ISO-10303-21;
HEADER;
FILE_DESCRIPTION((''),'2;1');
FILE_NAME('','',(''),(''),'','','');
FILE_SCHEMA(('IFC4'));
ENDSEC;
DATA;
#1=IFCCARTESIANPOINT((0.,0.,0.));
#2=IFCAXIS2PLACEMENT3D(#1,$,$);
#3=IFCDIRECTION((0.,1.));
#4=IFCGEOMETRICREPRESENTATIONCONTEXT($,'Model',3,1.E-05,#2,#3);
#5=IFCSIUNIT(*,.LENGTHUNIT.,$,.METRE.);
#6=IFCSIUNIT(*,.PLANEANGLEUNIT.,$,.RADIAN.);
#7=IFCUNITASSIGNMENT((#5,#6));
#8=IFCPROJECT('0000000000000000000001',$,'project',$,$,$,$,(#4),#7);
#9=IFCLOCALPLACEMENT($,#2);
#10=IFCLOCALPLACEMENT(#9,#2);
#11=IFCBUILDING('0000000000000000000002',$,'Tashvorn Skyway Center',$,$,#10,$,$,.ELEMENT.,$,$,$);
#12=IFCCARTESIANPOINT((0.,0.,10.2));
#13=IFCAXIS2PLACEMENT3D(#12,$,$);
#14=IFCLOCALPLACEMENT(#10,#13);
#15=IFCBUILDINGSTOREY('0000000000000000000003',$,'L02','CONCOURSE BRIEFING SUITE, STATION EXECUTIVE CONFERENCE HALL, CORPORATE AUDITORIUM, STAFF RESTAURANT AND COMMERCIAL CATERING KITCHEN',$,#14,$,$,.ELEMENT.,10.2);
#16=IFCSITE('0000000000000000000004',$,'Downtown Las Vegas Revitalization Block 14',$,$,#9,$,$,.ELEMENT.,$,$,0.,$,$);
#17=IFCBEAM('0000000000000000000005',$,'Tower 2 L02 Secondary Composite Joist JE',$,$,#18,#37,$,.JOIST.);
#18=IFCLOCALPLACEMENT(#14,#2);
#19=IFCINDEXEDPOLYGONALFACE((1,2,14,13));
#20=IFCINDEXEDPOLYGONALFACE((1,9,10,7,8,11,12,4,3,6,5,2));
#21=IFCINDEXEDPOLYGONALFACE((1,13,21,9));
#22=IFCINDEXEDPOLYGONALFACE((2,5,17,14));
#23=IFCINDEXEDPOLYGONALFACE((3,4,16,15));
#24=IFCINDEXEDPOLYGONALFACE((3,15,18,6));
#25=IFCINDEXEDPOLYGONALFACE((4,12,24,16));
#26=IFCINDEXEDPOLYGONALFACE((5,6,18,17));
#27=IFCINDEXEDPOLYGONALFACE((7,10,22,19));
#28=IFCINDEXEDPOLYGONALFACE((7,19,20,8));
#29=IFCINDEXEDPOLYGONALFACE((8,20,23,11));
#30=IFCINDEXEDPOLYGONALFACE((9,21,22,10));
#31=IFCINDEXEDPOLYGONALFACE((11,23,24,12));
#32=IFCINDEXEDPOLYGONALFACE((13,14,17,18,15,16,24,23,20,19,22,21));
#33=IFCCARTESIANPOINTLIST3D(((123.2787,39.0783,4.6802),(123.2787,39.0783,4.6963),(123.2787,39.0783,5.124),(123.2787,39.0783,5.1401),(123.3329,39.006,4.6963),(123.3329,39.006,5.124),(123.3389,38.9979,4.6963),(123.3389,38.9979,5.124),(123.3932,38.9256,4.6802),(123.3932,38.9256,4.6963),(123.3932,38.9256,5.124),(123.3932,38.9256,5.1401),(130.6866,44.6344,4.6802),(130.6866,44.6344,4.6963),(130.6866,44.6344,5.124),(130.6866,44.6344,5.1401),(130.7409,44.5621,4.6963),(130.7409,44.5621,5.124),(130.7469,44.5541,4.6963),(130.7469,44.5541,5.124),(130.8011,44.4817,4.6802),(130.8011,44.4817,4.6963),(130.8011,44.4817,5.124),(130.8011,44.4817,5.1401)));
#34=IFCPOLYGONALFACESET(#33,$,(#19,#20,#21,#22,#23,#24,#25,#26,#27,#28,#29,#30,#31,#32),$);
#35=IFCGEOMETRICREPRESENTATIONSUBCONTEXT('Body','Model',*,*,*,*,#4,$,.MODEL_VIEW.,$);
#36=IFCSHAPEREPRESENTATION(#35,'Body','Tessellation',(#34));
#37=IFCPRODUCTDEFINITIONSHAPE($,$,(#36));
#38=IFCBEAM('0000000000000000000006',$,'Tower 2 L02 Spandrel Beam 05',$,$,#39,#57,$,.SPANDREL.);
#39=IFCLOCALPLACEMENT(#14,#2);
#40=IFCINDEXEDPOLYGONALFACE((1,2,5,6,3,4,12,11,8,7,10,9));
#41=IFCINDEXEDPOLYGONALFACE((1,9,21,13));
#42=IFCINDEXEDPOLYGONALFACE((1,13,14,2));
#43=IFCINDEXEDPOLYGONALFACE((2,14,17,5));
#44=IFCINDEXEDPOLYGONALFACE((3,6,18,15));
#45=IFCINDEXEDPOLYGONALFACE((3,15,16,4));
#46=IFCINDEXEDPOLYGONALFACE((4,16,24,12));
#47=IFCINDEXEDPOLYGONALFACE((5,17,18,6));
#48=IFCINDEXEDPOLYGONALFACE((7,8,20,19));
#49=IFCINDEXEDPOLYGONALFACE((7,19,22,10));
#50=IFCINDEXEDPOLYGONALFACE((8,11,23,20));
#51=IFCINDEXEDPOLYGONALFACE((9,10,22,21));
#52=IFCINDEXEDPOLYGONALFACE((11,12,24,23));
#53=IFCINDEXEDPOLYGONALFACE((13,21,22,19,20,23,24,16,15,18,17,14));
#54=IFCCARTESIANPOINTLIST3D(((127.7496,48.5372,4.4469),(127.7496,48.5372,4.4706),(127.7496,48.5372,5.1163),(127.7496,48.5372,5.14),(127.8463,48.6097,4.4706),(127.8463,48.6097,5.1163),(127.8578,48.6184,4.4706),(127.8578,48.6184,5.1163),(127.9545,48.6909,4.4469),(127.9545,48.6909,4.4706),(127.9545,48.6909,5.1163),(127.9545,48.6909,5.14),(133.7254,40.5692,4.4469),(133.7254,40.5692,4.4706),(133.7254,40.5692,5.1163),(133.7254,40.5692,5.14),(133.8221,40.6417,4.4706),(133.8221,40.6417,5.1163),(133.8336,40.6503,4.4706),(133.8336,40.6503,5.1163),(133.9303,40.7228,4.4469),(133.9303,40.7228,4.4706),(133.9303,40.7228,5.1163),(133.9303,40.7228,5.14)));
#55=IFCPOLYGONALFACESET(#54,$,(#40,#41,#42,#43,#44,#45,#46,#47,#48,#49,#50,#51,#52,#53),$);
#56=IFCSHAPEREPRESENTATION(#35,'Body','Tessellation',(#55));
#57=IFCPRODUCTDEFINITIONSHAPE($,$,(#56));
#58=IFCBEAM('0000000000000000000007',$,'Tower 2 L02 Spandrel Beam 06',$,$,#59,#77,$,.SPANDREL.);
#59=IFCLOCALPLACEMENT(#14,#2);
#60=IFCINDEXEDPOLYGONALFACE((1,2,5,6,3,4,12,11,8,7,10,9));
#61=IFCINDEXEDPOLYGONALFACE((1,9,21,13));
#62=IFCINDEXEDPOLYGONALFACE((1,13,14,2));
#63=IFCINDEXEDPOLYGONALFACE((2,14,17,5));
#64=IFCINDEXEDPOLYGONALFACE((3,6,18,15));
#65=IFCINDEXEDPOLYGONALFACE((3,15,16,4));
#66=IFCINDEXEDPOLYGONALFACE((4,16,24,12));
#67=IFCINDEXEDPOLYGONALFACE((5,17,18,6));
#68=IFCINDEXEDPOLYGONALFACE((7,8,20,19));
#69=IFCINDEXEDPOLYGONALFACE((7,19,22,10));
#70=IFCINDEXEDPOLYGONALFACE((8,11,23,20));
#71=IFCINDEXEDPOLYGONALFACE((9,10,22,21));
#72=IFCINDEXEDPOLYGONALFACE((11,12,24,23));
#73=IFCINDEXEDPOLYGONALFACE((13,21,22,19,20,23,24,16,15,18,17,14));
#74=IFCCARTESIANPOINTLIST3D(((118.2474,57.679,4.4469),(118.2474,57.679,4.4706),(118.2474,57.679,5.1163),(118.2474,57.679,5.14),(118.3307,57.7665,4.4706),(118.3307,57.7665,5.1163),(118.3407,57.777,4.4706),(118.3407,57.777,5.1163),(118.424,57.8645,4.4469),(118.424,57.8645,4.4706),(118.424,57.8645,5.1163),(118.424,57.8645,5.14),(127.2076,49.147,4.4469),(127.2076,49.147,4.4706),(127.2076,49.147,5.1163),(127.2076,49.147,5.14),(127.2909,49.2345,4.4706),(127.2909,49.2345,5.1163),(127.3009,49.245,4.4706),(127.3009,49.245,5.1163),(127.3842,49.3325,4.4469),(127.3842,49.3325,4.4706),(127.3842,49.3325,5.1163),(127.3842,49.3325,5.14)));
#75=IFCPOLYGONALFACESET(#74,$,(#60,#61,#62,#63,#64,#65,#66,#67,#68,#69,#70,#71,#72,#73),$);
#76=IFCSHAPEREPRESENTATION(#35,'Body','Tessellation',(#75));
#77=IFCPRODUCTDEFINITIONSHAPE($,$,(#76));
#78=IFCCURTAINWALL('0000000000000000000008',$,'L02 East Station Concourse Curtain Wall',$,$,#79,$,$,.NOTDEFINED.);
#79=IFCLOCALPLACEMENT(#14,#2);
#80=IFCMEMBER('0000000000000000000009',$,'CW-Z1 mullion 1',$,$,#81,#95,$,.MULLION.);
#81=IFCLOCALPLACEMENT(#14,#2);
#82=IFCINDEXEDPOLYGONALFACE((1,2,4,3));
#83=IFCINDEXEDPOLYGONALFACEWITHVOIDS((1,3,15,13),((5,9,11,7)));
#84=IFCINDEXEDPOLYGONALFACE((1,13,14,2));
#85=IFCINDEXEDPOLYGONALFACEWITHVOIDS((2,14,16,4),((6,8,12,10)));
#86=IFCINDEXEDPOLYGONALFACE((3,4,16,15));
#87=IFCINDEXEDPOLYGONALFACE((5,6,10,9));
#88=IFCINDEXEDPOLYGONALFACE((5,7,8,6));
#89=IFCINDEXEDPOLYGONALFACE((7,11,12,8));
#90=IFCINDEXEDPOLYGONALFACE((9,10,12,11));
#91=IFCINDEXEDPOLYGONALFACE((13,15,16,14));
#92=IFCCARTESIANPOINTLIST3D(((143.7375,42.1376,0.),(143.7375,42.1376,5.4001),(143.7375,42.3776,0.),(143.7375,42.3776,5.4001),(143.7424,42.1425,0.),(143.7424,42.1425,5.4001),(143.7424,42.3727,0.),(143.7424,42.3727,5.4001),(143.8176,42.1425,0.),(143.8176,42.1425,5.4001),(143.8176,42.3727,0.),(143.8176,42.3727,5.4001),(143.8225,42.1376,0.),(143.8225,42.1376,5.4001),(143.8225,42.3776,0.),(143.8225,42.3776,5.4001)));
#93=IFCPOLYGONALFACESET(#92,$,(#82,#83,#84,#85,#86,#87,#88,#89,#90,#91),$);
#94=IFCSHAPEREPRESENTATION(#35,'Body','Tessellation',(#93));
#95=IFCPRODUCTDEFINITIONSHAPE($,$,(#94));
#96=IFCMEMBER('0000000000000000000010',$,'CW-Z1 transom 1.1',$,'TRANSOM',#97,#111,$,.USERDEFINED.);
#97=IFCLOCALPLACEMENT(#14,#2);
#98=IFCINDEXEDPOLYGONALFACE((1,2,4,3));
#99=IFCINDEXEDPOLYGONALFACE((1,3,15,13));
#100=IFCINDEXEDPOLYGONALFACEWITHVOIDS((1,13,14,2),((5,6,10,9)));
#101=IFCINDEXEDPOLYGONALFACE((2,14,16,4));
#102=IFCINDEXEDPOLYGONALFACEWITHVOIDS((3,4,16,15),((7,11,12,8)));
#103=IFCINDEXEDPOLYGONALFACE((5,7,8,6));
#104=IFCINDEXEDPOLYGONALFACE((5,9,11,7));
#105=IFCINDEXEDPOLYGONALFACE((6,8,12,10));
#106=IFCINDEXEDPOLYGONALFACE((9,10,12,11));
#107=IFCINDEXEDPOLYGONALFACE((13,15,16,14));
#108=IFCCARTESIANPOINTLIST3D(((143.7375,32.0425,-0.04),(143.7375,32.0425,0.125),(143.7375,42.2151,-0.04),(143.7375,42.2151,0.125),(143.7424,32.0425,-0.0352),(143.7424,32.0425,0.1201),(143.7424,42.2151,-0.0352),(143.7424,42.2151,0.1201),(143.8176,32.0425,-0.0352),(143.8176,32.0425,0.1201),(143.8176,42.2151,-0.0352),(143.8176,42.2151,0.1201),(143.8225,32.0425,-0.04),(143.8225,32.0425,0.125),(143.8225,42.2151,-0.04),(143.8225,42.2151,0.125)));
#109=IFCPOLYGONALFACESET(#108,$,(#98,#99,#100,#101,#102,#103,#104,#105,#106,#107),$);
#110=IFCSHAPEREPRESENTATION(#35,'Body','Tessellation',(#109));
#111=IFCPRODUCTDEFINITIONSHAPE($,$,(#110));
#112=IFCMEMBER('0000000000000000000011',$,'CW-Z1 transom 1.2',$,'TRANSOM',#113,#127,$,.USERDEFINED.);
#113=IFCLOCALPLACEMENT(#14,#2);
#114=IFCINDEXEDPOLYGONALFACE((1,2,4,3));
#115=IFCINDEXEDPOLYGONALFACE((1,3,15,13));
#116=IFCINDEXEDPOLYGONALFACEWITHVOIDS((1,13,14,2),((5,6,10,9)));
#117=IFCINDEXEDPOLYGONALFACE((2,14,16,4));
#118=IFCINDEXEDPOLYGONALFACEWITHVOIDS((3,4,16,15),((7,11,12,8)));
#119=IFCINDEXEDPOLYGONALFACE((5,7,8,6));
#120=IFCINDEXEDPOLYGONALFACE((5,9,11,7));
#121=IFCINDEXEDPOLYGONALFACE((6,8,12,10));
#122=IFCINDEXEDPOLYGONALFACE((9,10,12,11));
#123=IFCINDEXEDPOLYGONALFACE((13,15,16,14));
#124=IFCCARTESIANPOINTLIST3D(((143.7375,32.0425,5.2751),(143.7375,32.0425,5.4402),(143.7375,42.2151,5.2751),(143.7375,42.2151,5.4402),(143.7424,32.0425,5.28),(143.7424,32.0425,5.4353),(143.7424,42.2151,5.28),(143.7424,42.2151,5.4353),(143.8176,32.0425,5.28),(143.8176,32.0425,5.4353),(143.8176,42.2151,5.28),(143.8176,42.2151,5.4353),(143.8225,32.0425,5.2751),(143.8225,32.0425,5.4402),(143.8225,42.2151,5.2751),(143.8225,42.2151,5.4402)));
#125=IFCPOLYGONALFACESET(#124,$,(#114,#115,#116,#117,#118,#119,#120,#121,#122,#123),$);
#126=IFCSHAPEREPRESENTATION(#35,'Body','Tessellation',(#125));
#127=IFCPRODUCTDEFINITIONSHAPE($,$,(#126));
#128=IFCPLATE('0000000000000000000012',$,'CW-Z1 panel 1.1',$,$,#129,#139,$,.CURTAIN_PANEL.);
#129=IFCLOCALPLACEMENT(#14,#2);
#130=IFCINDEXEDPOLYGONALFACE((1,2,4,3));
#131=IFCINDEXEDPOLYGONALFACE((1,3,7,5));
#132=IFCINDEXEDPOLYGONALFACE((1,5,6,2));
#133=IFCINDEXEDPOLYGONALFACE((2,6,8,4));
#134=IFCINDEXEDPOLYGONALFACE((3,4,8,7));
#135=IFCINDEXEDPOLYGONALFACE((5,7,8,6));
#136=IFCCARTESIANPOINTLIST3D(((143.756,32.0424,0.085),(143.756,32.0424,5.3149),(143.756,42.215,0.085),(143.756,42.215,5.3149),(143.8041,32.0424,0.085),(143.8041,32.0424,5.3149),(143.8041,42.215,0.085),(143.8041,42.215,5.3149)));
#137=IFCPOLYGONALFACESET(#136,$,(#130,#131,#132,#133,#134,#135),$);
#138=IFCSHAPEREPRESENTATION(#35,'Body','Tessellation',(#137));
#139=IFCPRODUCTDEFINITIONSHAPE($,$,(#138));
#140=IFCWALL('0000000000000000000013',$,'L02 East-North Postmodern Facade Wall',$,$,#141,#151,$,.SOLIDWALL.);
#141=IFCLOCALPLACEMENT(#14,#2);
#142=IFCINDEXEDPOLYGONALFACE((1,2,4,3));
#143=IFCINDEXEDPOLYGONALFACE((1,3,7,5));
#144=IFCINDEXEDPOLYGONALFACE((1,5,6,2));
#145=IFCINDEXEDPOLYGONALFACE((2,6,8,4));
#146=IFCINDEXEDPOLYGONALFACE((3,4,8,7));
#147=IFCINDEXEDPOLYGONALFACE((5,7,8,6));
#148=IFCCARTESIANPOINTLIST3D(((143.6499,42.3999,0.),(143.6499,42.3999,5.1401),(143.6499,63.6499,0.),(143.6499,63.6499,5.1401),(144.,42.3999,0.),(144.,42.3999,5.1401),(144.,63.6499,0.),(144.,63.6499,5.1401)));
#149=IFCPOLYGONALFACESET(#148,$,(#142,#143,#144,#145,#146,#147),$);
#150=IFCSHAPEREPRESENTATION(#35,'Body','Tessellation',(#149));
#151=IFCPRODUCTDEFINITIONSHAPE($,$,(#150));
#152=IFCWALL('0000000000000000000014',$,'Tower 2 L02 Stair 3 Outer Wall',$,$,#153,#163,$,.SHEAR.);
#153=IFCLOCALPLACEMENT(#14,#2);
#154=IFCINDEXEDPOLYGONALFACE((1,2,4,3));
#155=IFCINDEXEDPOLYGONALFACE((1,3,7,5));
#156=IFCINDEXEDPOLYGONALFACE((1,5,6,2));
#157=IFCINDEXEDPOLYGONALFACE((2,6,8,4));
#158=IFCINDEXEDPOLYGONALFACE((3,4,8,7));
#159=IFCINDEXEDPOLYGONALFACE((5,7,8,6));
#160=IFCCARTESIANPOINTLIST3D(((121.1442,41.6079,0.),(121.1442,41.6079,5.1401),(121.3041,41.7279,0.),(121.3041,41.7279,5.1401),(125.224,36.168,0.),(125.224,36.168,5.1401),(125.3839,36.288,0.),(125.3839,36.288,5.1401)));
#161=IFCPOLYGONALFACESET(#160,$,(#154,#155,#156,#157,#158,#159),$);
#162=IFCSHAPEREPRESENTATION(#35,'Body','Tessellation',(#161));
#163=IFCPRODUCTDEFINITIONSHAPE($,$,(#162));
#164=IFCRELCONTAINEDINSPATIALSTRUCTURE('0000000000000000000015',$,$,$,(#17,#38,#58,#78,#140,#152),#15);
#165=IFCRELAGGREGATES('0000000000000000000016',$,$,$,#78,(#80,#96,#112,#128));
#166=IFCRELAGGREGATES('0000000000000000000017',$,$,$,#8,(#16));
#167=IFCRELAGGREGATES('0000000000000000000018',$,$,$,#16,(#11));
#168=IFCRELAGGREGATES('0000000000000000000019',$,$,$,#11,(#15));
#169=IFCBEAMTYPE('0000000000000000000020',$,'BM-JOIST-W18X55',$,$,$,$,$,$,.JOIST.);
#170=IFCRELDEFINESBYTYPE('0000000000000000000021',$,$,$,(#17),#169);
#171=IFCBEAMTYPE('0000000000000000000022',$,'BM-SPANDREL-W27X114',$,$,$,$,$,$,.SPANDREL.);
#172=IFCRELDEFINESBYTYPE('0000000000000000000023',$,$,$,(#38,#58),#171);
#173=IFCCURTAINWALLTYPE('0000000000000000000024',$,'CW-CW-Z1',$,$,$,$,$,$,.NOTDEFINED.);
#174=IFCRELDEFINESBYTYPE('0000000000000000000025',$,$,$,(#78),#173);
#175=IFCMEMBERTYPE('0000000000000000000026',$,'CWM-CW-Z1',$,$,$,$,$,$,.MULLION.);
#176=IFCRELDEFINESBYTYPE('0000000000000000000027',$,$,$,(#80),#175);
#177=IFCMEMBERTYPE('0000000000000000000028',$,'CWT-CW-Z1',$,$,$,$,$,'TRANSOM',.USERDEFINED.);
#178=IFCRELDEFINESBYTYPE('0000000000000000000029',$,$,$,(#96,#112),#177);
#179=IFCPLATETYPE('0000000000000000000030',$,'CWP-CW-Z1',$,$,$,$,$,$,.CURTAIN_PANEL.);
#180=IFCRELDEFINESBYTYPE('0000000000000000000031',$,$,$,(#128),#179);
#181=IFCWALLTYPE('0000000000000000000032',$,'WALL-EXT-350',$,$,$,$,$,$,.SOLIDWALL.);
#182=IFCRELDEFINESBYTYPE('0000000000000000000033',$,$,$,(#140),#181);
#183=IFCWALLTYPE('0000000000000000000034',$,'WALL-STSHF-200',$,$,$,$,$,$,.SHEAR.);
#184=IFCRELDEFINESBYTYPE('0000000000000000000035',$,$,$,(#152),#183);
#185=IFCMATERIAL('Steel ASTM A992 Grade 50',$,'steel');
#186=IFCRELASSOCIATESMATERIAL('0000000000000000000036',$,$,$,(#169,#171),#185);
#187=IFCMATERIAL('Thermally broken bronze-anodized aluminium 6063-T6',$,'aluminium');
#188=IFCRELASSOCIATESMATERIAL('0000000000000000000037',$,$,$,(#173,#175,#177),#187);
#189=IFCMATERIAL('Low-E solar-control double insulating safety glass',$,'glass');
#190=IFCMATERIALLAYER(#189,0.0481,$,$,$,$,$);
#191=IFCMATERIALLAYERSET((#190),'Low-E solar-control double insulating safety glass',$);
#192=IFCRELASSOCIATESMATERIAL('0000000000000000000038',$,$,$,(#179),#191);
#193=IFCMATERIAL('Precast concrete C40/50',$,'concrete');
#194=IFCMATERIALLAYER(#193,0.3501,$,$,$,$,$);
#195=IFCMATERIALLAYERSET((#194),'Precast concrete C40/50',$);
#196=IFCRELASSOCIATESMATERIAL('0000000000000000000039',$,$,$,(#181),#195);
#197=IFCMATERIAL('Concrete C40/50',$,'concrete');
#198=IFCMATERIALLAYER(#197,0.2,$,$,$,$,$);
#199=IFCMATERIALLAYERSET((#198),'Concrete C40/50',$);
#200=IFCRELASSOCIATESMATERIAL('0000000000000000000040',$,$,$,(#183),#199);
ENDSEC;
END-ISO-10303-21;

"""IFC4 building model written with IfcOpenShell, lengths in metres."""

from ifc_helpers import new_model, si_unit, direction, frame, frame_2d, origin, origin_2d, place, context, subcontext, project, spatial, rectangle, hollow_rectangle, i_section, extrude, material, layer, layer_set, material_profile, profile_set, type_object, element, aggregate, save


model = new_model("IFC4")

# Units and contexts
model_context = context("Model", 3, precision=1e-05, world=origin(), true_north=direction((0.0, 1.0)))
body_context = subcontext(model_context, "Body", "Model", "MODEL_VIEW")
ifc_project = project(units=[si_unit("LENGTHUNIT", "METRE"), si_unit("PLANEANGLEUNIT", "RADIAN")], contexts=[model_context])

# Site, building, storey
site_placement = place(None, origin())
site = spatial("IfcSite", under=ifc_project, at=site_placement, Name="Downtown Las Vegas Revitalization Block 14", CompositionType="ELEMENT", RefElevation=0.0)
building_placement = place(site_placement, origin())
building = spatial("IfcBuilding", under=site, at=building_placement, Name="Tashvorn Skyway Center", CompositionType="ELEMENT")
storey_placement = place(building_placement, frame((0.0, 0.0, 10.2)))
storey = spatial("IfcBuildingStorey", under=building, at=storey_placement, Name="L02", Description="CONCOURSE BRIEFING SUITE, STATION EXECUTIVE CONFERENCE HALL, CORPORATE AUDITORIUM, STAFF RESTAURANT AND COMMERCIAL CATERING KITCHEN", CompositionType="ELEMENT", Elevation=10.2)

# Shared definitions
ifc_material_1 = material(Name="Precast concrete C40/50", Category="concrete")

# Beams
ifc_material_2 = material(Name="Steel ASTM A992 Grade 50", Category="steel")
ifc_material_profile_1 = material_profile(ifc_material_2, i_section(OverallWidth=0.1909, OverallDepth=0.46, WebThickness=0.01, FlangeThickness=0.0161, at=origin_2d()), Name="W18X55")
ifc_profile_set_1 = profile_set([ifc_material_profile_1], Name="Steel ASTM A992 Grade 50")
beam_type_1 = type_object("IfcBeamType", Name="BM-JOIST-W18X55", PredefinedType="JOIST", material=ifc_profile_set_1)
beam_1_placement = place(storey_placement, frame((123.3359, 39.002, 4.9102), z_axis=(0.799991, 0.600013, 0.0), x_axis=(-0.600013, 0.799991, 0.0)))
element("IfcBeam", 1, at=beam_1_placement, inside=storey, type_object=beam_type_1, Name="Tower 2 L02 Secondary Composite Joist JE", PredefinedType="JOIST", context=body_context, shape_type="SweptSolid", body=[
    extrude(i_section(OverallWidth=0.1909, OverallDepth=0.46, WebThickness=0.01, FlangeThickness=0.0161, at=origin_2d()), origin(), (0.0, 0.0, 1.0), 9.26),
])
ifc_material_profile_2 = material_profile(ifc_material_2, i_section(OverallWidth=0.2561, OverallDepth=0.6931, WebThickness=0.0144, FlangeThickness=0.0237, at=origin_2d()), Name="W27X114")
ifc_profile_set_2 = profile_set([ifc_material_profile_2], Name="Steel ASTM A992 Grade 50")
beam_type_2 = type_object("IfcBeamType", Name="BM-SPANDREL-W27X114", PredefinedType="SPANDREL", material=ifc_profile_set_2)
beam_2_placement = place(storey_placement, frame((133.8279, 40.646, 4.7935), z_axis=(-0.599988, 0.800009, 0.0), x_axis=(-0.800009, -0.599988, 0.0)))
element("IfcBeam", 2, at=beam_2_placement, inside=storey, type_object=beam_type_2, Name="Tower 2 L02 Spandrel Beam 05", PredefinedType="SPANDREL", context=body_context, shape_type="SweptSolid", body=[
    extrude(i_section(OverallWidth=0.2561, OverallDepth=0.6931, WebThickness=0.0144, FlangeThickness=0.0237, at=origin_2d()), origin(), (0.0, 0.0, 1.0), 9.96),
])
beam_3_placement = place(storey_placement, frame((127.2959, 49.2397, 4.7935), z_axis=(-0.7242, 0.68959, 0.0), x_axis=(-0.68959, -0.7242, 0.0)))
element("IfcBeam", 3, at=beam_3_placement, inside=storey, type_object=beam_type_2, Name="Tower 2 L02 Spandrel Beam 06", PredefinedType="SPANDREL", context=body_context, shape_type="SweptSolid", body=[
    extrude(i_section(OverallWidth=0.2561, OverallDepth=0.6931, WebThickness=0.0144, FlangeThickness=0.0237, at=origin_2d()), origin(), (0.0, 0.0, 1.0), 12.3726),
])

# Curtain wall, members, plate
ifc_material_3 = material(Name="Thermally broken bronze-anodized aluminium 6063-T6", Category="aluminium")
curtain_wall_type = type_object("IfcCurtainWallType", Name="CW-CW-Z1", PredefinedType="NOTDEFINED", material=ifc_material_3)
curtain_wall_placement = place(storey_placement, origin())
curtain_wall = element("IfcCurtainWall", 4, at=curtain_wall_placement, inside=storey, type_object=curtain_wall_type, Name="L02 East Station Concourse Curtain Wall", PredefinedType="NOTDEFINED")
ifc_material_profile_3 = material_profile(ifc_material_3, hollow_rectangle(XDim=0.085, YDim=0.24, WallThickness=0.0049, at=origin_2d()), Name="ALU-MULL-85x240")
ifc_profile_set_3 = profile_set([ifc_material_profile_3], Name="Thermally broken bronze-anodized aluminium 6063-T6")
member_type_1 = type_object("IfcMemberType", Name="CWM-CW-Z1", PredefinedType="MULLION", material=ifc_profile_set_3)
member_1_placement = place(storey_placement, frame((143.78, 42.2576, 0.0), z_axis=(0.0, 0.0, 1.0), x_axis=(1.0, 0.0, 0.0)))
member_1 = element("IfcMember", 5, at=member_1_placement, type_object=member_type_1, Name="CW-Z1 mullion 1", PredefinedType="MULLION", context=body_context, shape_type="SweptSolid", body=[
    extrude(hollow_rectangle(XDim=0.085, YDim=0.24, WallThickness=0.0049, at=origin_2d()), origin(), (0.0, 0.0, 1.0), 5.4001),
])
ifc_material_profile_4 = material_profile(ifc_material_3, hollow_rectangle(XDim=0.085, YDim=0.165, WallThickness=0.0049, at=origin_2d()), Name="ALU-TRAN-85x165")
ifc_profile_set_4 = profile_set([ifc_material_profile_4], Name="Thermally broken bronze-anodized aluminium 6063-T6")
member_type_2 = type_object("IfcMemberType", Name="CWT-CW-Z1", ElementType="TRANSOM", PredefinedType="USERDEFINED", material=ifc_profile_set_4)
member_2_placement = place(storey_placement, frame((143.78, 42.2151, 0.0425), z_axis=(0.0, -1.0, 0.0), x_axis=(1.0, 0.0, 0.0)))
member_2 = element("IfcMember", 6, at=member_2_placement, type_object=member_type_2, Name="CW-Z1 transom 1.1", ObjectType="TRANSOM", PredefinedType="USERDEFINED", context=body_context, shape_type="SweptSolid", body=[
    extrude(hollow_rectangle(XDim=0.085, YDim=0.165, WallThickness=0.0049, at=origin_2d()), origin(), (0.0, 0.0, 1.0), 10.1726),
])
member_3_placement = place(storey_placement, frame((143.78, 42.2151, 5.3577), z_axis=(0.0, -1.0, 0.0), x_axis=(1.0, 0.0, 0.0)))
member_3 = element("IfcMember", 7, at=member_3_placement, type_object=member_type_2, Name="CW-Z1 transom 1.2", ObjectType="TRANSOM", PredefinedType="USERDEFINED", context=body_context, shape_type="SweptSolid", body=[
    extrude(hollow_rectangle(XDim=0.085, YDim=0.165, WallThickness=0.0049, at=origin_2d()), origin(), (0.0, 0.0, 1.0), 10.1726),
])
ifc_material_4 = material(Name="Low-E solar-control double insulating safety glass", Category="glass")
ifc_layer_1 = layer(ifc_material_4, 0.0481)
ifc_layer_set_1 = layer_set([ifc_layer_1], Name="Low-E solar-control double insulating safety glass")
plate_type = type_object("IfcPlateType", Name="CWP-CW-Z1", PredefinedType="CURTAIN_PANEL", material=ifc_layer_set_1)
plate_placement = place(storey_placement, frame((143.78, 37.1287, 0.085), z_axis=(0.0, 0.0, 1.0), x_axis=(0.0, -1.0, 0.0)))
plate = element("IfcPlate", 8, at=plate_placement, type_object=plate_type, Name="CW-Z1 panel 1.1", PredefinedType="CURTAIN_PANEL", context=body_context, shape_type="SweptSolid", body=[
    extrude(rectangle(XDim=10.1726, YDim=0.0481, at=origin_2d()), origin(), (0.0, 0.0, 1.0), 5.23),
])
aggregate(curtain_wall, [member_1, member_2, member_3, plate])

# Walls
ifc_layer_2 = layer(ifc_material_1, 0.3501)
ifc_layer_set_2 = layer_set([ifc_layer_2], Name="Precast concrete C40/50")
wall_type_1 = type_object("IfcWallType", Name="WALL-EXT-350", PredefinedType="SOLIDWALL", material=ifc_layer_set_2)
wall_1_placement = place(storey_placement, frame((143.825, 63.6499, 0.0), z_axis=(0.0, 0.0, 1.0), x_axis=(0.0, -1.0, 0.0)))
element("IfcWall", 9, at=wall_1_placement, inside=storey, type_object=wall_type_1, Name="L02 East-North Postmodern Facade Wall", PredefinedType="SOLIDWALL", context=body_context, shape_type="SweptSolid", body=[
    extrude(rectangle(XDim=21.25, YDim=0.3501, at=frame_2d((10.625, 0.0))), origin(), (0.0, 0.0, 1.0), 5.1401),
])
ifc_material_5 = material(Name="Concrete C40/50", Category="concrete")
ifc_layer_3 = layer(ifc_material_5, 0.2)
ifc_layer_set_3 = layer_set([ifc_layer_3], Name="Concrete C40/50")
wall_type_2 = type_object("IfcWallType", Name="WALL-STSHF-200", PredefinedType="SHEAR", material=ifc_layer_set_3)
wall_2_placement = place(storey_placement, frame((125.304, 36.228, 0.0), z_axis=(0.0, 0.0, 1.0), x_axis=(-0.599989, 0.800009, 0.0)))
element("IfcWall", 10, at=wall_2_placement, inside=storey, type_object=wall_type_2, Name="Tower 2 L02 Stair 3 Outer Wall", PredefinedType="SHEAR", context=body_context, shape_type="SweptSolid", body=[
    extrude(rectangle(XDim=6.7998, YDim=0.2, at=frame_2d((3.3999, 0.0))), origin(), (0.0, 0.0, 1.0), 5.1401),
])

save(model, "model.ifc")
